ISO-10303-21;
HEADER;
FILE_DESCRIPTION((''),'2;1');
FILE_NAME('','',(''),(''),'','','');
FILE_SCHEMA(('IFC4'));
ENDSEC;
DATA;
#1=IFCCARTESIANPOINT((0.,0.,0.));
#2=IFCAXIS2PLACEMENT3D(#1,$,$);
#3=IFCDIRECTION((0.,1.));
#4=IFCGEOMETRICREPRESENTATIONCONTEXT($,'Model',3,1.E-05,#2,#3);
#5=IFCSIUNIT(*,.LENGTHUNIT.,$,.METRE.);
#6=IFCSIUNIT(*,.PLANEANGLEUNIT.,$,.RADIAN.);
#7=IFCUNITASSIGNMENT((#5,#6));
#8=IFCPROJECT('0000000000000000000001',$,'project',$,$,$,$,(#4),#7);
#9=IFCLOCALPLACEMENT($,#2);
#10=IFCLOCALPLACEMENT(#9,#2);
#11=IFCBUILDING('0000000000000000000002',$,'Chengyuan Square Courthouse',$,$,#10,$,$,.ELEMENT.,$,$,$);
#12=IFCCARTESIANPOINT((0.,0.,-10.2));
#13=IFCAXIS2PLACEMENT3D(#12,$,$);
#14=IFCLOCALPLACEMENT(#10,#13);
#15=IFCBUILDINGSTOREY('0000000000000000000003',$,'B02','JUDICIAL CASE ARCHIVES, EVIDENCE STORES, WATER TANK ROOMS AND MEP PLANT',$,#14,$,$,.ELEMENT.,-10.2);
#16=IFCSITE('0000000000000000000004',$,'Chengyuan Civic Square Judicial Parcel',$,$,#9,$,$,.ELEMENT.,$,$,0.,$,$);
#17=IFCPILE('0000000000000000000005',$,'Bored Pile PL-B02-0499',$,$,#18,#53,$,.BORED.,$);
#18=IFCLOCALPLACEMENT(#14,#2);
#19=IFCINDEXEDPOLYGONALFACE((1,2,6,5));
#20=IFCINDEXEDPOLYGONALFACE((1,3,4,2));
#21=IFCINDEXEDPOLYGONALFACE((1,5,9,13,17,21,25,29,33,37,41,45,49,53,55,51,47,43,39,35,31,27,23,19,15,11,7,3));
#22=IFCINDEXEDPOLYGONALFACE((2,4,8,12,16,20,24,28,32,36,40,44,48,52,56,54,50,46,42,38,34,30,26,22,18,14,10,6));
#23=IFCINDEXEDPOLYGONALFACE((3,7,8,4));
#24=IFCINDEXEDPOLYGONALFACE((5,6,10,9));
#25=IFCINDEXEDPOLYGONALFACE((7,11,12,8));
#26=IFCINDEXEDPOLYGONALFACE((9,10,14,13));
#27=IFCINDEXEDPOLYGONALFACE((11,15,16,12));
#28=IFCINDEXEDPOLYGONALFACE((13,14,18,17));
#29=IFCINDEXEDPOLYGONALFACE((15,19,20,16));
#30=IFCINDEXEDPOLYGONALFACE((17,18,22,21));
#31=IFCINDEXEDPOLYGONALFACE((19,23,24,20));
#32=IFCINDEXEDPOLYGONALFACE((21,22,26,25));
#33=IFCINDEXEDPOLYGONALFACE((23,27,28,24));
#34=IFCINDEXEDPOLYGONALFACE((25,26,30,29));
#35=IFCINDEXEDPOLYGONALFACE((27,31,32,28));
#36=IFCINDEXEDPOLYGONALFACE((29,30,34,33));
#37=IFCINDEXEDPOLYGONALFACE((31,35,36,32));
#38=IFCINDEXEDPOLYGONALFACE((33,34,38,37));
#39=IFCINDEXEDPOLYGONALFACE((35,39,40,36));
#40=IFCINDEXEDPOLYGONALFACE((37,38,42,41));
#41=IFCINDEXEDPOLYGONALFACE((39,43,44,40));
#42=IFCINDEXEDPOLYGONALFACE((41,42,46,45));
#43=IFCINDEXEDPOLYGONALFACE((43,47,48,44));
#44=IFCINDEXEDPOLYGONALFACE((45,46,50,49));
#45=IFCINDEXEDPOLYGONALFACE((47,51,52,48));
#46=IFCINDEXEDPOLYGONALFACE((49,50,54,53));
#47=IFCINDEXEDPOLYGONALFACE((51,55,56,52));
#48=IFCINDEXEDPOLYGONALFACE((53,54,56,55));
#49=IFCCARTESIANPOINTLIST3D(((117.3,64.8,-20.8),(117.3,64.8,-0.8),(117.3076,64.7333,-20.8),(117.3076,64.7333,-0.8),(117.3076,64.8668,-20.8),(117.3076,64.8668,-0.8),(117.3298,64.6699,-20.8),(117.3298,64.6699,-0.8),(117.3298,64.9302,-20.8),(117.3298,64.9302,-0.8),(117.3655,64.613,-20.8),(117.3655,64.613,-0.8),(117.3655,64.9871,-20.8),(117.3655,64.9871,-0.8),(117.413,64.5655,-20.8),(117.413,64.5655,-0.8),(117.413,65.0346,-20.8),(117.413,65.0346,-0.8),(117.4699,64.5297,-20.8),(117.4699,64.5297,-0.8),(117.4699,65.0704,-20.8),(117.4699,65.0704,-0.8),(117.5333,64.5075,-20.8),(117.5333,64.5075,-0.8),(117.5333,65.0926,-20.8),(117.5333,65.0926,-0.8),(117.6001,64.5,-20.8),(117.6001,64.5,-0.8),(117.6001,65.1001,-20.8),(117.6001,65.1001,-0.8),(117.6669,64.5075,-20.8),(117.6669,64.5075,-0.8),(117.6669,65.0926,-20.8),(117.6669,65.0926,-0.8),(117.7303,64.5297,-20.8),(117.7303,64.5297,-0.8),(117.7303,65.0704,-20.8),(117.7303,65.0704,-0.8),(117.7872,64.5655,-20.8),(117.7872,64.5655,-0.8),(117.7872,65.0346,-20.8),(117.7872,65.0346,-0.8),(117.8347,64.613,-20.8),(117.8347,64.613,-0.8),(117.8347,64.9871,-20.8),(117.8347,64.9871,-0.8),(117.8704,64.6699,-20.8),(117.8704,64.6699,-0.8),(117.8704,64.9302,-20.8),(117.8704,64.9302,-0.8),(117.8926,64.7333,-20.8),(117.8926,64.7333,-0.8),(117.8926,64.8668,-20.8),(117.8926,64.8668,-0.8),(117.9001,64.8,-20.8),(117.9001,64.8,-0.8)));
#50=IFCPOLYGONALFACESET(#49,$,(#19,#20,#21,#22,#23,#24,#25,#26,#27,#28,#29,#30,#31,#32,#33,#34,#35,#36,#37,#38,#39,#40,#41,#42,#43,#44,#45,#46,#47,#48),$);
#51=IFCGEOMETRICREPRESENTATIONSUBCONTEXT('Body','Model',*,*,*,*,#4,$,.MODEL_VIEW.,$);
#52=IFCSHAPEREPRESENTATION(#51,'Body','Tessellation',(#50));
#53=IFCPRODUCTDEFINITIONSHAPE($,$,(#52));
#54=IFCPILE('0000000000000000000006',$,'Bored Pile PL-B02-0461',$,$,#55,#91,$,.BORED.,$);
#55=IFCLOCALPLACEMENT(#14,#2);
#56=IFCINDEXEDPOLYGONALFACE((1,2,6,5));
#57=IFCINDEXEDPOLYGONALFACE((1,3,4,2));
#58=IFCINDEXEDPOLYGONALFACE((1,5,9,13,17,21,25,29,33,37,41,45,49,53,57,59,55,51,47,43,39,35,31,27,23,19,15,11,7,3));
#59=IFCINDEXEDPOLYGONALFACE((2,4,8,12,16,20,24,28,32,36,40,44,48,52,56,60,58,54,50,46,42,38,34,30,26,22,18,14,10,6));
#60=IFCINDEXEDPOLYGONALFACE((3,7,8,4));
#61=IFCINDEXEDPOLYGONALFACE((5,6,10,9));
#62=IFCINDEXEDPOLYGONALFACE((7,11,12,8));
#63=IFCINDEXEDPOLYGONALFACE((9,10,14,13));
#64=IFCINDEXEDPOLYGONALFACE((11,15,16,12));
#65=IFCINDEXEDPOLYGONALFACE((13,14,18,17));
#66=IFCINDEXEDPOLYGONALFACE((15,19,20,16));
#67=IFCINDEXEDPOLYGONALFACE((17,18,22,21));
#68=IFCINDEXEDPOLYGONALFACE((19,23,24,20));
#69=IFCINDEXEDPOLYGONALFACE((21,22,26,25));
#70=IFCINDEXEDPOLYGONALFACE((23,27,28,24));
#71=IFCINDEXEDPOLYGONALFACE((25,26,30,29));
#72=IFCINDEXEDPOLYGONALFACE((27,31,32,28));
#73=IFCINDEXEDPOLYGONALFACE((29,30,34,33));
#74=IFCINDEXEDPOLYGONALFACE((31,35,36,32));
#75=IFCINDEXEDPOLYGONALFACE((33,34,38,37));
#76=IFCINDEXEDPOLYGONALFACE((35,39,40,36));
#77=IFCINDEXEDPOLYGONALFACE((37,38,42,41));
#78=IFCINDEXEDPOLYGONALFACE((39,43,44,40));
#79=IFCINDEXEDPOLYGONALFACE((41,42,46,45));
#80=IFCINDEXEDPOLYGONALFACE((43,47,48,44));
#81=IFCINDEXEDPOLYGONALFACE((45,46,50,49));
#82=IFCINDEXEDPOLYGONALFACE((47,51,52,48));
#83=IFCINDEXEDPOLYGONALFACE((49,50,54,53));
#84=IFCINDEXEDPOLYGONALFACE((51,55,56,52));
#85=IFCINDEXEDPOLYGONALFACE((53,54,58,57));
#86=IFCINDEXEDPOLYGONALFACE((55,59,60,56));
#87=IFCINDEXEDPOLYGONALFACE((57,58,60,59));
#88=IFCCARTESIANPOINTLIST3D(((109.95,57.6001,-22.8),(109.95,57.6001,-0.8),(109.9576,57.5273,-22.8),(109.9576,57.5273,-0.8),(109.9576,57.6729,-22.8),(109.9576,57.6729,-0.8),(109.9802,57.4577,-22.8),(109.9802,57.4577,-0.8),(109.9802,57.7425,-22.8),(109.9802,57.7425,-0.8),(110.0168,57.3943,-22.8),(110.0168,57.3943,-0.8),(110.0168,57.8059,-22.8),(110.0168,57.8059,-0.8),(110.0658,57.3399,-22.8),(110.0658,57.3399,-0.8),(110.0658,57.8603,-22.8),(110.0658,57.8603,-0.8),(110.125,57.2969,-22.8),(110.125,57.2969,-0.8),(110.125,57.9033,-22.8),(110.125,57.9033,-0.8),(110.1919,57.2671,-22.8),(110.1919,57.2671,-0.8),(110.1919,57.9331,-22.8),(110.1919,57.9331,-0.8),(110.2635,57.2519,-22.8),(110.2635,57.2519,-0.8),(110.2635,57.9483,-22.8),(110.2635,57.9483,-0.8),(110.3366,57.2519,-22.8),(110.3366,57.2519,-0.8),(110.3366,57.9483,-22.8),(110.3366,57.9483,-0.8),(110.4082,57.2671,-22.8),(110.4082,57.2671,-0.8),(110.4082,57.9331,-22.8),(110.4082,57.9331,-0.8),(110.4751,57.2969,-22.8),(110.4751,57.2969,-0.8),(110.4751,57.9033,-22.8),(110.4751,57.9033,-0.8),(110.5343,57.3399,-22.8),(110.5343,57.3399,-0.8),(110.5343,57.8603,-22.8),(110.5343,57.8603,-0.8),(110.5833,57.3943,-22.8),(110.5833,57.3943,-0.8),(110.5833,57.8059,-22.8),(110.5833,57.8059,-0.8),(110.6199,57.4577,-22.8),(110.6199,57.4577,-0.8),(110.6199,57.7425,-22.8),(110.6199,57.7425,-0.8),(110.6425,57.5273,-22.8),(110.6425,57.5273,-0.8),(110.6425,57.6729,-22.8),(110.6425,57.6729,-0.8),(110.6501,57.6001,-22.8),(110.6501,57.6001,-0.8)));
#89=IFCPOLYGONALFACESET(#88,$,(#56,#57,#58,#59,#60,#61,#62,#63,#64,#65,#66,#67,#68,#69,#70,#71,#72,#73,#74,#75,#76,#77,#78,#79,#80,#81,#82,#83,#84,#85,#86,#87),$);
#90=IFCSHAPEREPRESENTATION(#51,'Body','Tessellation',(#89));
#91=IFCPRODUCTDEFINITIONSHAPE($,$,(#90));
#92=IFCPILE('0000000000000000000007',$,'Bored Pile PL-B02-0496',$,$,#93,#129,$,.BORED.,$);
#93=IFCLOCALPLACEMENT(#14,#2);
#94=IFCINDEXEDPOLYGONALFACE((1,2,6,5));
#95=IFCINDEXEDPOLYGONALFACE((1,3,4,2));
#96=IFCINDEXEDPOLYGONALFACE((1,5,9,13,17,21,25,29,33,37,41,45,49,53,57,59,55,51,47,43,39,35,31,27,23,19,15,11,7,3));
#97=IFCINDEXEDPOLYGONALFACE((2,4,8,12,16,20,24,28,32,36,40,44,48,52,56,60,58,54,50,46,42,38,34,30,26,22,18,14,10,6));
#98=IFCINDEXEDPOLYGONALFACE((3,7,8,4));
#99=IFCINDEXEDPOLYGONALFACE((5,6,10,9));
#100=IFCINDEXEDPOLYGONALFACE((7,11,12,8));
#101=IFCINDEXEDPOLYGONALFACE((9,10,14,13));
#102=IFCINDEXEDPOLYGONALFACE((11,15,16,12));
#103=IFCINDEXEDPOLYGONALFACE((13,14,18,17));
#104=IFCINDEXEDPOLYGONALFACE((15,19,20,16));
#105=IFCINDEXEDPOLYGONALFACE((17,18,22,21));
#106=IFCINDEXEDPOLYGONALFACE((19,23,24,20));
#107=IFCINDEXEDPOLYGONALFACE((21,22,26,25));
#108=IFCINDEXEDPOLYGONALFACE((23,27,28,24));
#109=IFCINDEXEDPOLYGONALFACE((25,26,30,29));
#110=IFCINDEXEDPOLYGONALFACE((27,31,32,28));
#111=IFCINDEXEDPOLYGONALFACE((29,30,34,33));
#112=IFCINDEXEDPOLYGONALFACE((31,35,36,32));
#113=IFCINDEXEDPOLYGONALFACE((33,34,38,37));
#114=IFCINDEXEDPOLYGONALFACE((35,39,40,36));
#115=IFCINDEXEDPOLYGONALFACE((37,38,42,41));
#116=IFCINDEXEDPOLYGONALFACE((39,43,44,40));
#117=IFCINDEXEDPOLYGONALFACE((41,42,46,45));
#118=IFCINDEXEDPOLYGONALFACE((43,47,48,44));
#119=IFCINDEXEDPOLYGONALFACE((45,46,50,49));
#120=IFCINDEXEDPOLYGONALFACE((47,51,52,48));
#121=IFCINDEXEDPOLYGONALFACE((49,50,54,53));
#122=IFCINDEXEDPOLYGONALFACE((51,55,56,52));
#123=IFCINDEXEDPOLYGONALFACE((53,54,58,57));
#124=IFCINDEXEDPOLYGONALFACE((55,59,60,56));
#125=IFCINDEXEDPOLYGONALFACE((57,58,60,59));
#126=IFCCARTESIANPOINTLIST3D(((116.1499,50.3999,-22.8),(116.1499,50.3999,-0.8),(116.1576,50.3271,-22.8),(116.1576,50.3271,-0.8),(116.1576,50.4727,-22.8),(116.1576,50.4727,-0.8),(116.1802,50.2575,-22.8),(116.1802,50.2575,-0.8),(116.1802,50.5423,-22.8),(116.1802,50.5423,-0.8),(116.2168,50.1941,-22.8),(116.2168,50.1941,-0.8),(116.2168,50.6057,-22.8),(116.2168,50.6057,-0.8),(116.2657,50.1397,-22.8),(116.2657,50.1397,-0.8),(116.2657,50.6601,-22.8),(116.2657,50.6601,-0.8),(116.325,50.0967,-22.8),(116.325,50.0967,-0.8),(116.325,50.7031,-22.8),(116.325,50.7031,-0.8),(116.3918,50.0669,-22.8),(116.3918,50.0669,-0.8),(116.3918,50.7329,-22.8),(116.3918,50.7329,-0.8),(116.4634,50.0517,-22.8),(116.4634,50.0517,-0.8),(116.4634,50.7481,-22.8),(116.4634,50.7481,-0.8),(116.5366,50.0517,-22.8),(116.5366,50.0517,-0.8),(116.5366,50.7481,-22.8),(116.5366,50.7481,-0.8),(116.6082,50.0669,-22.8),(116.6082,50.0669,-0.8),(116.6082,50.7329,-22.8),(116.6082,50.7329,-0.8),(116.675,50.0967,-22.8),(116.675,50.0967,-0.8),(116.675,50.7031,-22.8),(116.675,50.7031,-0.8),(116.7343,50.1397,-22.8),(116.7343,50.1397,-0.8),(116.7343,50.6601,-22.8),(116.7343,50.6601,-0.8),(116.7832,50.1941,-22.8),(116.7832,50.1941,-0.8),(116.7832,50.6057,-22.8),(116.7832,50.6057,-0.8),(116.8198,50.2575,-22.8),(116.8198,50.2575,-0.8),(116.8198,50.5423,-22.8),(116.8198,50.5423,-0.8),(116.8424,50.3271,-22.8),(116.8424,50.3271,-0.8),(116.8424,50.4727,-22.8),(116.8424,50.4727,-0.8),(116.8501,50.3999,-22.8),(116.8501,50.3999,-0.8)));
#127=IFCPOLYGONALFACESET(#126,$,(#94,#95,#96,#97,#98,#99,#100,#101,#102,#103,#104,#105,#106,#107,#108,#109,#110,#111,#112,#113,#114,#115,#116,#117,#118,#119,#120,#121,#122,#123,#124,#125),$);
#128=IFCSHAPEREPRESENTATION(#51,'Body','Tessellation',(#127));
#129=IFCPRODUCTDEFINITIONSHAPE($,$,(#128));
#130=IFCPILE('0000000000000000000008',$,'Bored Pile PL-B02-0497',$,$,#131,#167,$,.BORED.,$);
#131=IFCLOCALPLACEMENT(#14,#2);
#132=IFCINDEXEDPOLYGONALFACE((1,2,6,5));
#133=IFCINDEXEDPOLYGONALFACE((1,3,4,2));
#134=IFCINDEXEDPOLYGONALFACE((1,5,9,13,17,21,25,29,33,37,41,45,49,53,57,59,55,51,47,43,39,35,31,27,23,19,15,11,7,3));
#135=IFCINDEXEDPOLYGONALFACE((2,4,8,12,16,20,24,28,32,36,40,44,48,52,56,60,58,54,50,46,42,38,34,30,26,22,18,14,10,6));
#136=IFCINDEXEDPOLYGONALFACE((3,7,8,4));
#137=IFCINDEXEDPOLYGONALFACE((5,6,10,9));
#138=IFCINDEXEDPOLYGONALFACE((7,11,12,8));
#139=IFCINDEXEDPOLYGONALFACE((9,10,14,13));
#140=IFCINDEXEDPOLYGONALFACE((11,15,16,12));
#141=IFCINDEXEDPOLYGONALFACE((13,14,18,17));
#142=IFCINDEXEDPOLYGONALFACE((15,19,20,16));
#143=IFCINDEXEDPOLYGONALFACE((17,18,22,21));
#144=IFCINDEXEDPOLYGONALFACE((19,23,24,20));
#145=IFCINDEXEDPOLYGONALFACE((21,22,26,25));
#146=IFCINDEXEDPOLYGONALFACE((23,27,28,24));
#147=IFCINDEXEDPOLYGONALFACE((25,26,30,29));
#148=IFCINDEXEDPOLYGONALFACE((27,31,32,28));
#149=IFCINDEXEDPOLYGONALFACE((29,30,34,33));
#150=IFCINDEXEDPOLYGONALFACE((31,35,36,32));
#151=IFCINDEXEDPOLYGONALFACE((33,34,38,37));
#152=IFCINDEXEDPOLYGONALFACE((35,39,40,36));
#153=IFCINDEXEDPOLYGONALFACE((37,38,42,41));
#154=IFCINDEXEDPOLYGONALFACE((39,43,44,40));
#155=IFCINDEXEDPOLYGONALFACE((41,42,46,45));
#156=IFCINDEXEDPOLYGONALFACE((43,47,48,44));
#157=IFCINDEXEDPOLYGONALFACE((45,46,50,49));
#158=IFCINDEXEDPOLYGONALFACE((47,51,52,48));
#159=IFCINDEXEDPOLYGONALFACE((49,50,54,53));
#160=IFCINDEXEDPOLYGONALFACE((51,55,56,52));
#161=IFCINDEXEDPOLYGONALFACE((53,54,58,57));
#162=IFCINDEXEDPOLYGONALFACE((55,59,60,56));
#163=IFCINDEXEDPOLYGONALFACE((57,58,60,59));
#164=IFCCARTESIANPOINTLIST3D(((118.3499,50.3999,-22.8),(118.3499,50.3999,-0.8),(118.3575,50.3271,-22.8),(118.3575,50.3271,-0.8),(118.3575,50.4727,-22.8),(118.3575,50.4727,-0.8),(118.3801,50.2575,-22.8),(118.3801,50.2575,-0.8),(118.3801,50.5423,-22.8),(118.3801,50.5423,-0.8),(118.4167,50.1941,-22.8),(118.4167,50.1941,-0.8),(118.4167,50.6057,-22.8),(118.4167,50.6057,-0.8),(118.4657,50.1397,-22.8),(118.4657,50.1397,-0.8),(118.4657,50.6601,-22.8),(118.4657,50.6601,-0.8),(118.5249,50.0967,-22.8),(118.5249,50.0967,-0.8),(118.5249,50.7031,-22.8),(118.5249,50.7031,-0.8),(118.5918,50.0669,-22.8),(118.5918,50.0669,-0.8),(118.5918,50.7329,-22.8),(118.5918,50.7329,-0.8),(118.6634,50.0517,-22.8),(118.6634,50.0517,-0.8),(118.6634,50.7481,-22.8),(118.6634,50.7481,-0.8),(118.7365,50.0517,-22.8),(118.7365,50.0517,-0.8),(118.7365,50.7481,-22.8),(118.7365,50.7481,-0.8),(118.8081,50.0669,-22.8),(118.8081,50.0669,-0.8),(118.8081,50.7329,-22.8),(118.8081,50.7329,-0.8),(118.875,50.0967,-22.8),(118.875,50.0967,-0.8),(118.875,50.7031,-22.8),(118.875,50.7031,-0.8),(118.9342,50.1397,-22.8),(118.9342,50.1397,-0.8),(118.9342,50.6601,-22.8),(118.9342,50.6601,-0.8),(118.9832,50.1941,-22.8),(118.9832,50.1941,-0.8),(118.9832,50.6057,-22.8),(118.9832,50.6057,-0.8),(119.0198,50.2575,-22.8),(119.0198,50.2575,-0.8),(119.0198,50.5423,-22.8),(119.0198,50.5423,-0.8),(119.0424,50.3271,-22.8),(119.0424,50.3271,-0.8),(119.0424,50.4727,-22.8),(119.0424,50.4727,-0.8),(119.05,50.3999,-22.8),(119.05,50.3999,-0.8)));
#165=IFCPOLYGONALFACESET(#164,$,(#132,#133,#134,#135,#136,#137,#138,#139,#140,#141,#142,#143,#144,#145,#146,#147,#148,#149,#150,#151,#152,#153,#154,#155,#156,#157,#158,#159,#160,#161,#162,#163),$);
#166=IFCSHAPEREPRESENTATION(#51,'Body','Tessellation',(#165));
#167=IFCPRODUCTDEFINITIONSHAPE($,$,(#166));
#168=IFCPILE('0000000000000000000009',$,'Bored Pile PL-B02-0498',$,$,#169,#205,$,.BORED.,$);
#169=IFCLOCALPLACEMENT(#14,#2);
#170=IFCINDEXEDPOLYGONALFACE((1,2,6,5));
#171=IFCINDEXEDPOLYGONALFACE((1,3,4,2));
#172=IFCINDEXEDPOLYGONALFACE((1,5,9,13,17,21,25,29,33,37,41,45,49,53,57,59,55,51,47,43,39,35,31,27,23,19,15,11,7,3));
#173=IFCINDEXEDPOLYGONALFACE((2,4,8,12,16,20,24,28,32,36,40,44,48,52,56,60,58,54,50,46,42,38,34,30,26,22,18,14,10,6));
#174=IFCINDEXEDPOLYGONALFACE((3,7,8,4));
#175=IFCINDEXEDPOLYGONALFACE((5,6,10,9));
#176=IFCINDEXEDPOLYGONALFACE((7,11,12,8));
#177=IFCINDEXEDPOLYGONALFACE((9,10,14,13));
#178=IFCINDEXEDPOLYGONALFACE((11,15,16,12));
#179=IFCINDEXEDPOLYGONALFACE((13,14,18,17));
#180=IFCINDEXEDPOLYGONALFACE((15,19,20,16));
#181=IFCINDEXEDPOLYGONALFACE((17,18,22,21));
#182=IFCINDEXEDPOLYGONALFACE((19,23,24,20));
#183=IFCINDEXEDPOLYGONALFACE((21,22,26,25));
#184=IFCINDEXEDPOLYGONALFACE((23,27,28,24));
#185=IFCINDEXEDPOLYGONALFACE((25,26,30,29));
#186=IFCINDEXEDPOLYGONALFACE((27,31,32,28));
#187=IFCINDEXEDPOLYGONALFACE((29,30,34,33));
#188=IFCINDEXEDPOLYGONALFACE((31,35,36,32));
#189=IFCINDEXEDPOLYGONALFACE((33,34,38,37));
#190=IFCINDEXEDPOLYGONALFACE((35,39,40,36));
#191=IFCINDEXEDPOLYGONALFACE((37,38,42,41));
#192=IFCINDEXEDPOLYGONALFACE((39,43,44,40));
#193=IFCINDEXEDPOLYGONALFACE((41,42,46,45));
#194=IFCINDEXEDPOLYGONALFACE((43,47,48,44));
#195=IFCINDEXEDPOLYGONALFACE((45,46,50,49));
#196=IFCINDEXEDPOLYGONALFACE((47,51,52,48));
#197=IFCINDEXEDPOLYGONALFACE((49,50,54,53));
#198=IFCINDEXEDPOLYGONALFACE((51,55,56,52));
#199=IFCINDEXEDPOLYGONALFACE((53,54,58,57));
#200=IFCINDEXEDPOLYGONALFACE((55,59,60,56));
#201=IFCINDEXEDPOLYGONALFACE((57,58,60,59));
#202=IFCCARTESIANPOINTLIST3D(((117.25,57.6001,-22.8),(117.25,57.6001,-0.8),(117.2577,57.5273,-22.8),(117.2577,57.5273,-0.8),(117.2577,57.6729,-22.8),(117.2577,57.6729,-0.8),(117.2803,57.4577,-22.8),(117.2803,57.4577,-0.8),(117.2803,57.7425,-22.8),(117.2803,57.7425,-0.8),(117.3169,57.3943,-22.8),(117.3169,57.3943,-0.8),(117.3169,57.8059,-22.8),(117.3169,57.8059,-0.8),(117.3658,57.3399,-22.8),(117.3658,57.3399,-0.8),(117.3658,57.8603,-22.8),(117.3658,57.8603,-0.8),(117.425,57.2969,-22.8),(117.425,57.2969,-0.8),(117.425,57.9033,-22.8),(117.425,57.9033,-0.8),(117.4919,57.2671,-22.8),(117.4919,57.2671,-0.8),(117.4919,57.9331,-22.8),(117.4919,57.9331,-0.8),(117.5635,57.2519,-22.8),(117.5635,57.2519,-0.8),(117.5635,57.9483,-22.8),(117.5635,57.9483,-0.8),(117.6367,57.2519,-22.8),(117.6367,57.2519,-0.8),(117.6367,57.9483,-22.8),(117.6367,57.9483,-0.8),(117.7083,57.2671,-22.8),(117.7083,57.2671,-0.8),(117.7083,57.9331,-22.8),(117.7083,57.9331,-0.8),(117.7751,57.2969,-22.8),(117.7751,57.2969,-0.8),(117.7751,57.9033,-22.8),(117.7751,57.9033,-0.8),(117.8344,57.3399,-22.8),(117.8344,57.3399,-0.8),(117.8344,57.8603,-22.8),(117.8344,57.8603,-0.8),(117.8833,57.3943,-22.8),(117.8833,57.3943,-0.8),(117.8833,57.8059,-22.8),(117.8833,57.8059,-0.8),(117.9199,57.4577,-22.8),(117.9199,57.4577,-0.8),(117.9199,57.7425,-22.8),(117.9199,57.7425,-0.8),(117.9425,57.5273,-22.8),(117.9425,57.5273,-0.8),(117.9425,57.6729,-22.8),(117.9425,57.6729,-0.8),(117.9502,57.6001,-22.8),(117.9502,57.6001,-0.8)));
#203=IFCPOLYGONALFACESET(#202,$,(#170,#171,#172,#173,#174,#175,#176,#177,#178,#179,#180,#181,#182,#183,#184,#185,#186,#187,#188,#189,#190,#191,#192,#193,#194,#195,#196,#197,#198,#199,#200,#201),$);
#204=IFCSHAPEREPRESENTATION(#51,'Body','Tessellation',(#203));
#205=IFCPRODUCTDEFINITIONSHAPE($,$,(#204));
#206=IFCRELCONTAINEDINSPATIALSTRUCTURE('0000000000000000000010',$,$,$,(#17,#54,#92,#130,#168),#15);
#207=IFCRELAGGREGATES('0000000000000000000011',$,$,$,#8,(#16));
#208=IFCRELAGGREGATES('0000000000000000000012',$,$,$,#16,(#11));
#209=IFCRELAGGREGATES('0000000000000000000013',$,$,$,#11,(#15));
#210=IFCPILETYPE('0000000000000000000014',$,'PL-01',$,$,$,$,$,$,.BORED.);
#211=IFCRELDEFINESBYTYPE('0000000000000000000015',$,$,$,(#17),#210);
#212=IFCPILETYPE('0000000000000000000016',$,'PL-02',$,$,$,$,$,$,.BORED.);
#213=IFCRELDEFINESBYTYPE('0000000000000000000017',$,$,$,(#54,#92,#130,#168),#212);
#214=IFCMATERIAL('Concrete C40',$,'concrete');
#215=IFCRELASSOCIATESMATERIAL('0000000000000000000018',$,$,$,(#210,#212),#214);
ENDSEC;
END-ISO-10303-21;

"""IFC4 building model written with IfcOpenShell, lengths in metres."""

from ifc_helpers import new_model, si_unit, direction, frame, origin, origin_2d, place, context, subcontext, project, spatial, circle, extrude, material, material_profile, profile_set, type_object, element, save


model = new_model("IFC4")

# Units and contexts
model_context = context("Model", 3, precision=1e-05, world=origin(), true_north=direction((0.0, 1.0)))
body_context = subcontext(model_context, "Body", "Model", "MODEL_VIEW")
ifc_project = project(units=[si_unit("LENGTHUNIT", "METRE"), si_unit("PLANEANGLEUNIT", "RADIAN")], contexts=[model_context])

# Site, building, storey
site_placement = place(None, origin())
site = spatial("IfcSite", under=ifc_project, at=site_placement, Name="Chengyuan Civic Square Judicial Parcel", CompositionType="ELEMENT", RefElevation=0.0)
building_placement = place(site_placement, origin())
building = spatial("IfcBuilding", under=site, at=building_placement, Name="Chengyuan Square Courthouse", CompositionType="ELEMENT")
storey_placement = place(building_placement, frame((0.0, 0.0, -10.2)))
storey = spatial("IfcBuildingStorey", under=building, at=storey_placement, Name="B02", Description="JUDICIAL CASE ARCHIVES, EVIDENCE STORES, WATER TANK ROOMS AND MEP PLANT", CompositionType="ELEMENT", Elevation=-10.2)

# Shared definitions
ifc_material_1 = material(Name="Concrete C40", Category="concrete")

# Piles
ifc_material_profile_1 = material_profile(ifc_material_1, circle(Radius=0.3, at=origin_2d()), Name="BORED PILE D600")
ifc_profile_set_1 = profile_set([ifc_material_profile_1], Name="Concrete C40")
pile_type_1 = type_object("IfcPileType", Name="PL-01", PredefinedType="BORED", material=ifc_profile_set_1)
pile_placement = place(storey_placement, frame((117.6001, 64.8, -0.8), z_axis=(0.0, 0.0, -1.0), x_axis=(1.0, 0.0, 0.0)))
element("IfcPile", 1, at=pile_placement, inside=storey, type_object=pile_type_1, Name="Bored Pile PL-B02-0499", PredefinedType="BORED", context=body_context, shape_type="SweptSolid", body=[
    extrude(circle(Radius=0.3, at=origin_2d()), origin(), (0.0, 0.0, 1.0), 20.0),
])
ifc_material_profile_2 = material_profile(ifc_material_1, circle(Radius=0.3501, at=origin_2d()), Name="BORED PILE D700")
ifc_profile_set_2 = profile_set([ifc_material_profile_2], Name="Concrete C40")
pile_type_2 = type_object("IfcPileType", Name="PL-02", PredefinedType="BORED", material=ifc_profile_set_2)
for number, where, z_axis, x_axis, name in (
    (2, (110.3, 57.6001, -0.8), (0.0, 0.0, -1.0), (1.0, 0.0, 0.0), "Bored Pile PL-B02-0461"),
    (3, (116.5, 50.3999, -0.8), (0.0, 0.0, -1.0), (1.0, 0.0, 0.0), "Bored Pile PL-B02-0496"),
    (4, (118.7, 50.3999, -0.8), (0.0, 0.0, -1.0), (1.0, 0.0, 0.0), "Bored Pile PL-B02-0497"),
    (5, (117.6001, 57.6001, -0.8), (0.0, 0.0, -1.0), (1.0, 0.0, 0.0), "Bored Pile PL-B02-0498"),
):
    element("IfcPile", number, at=place(storey_placement, frame(where, z_axis=z_axis, x_axis=x_axis)), inside=storey, type_object=pile_type_2, Name=name, PredefinedType="BORED", context=body_context, shape_type="SweptSolid", body=[
        extrude(circle(Radius=0.3501, at=origin_2d()), origin(), (0.0, 0.0, 1.0), 22.0),
    ])

save(model, "model.ifc")
